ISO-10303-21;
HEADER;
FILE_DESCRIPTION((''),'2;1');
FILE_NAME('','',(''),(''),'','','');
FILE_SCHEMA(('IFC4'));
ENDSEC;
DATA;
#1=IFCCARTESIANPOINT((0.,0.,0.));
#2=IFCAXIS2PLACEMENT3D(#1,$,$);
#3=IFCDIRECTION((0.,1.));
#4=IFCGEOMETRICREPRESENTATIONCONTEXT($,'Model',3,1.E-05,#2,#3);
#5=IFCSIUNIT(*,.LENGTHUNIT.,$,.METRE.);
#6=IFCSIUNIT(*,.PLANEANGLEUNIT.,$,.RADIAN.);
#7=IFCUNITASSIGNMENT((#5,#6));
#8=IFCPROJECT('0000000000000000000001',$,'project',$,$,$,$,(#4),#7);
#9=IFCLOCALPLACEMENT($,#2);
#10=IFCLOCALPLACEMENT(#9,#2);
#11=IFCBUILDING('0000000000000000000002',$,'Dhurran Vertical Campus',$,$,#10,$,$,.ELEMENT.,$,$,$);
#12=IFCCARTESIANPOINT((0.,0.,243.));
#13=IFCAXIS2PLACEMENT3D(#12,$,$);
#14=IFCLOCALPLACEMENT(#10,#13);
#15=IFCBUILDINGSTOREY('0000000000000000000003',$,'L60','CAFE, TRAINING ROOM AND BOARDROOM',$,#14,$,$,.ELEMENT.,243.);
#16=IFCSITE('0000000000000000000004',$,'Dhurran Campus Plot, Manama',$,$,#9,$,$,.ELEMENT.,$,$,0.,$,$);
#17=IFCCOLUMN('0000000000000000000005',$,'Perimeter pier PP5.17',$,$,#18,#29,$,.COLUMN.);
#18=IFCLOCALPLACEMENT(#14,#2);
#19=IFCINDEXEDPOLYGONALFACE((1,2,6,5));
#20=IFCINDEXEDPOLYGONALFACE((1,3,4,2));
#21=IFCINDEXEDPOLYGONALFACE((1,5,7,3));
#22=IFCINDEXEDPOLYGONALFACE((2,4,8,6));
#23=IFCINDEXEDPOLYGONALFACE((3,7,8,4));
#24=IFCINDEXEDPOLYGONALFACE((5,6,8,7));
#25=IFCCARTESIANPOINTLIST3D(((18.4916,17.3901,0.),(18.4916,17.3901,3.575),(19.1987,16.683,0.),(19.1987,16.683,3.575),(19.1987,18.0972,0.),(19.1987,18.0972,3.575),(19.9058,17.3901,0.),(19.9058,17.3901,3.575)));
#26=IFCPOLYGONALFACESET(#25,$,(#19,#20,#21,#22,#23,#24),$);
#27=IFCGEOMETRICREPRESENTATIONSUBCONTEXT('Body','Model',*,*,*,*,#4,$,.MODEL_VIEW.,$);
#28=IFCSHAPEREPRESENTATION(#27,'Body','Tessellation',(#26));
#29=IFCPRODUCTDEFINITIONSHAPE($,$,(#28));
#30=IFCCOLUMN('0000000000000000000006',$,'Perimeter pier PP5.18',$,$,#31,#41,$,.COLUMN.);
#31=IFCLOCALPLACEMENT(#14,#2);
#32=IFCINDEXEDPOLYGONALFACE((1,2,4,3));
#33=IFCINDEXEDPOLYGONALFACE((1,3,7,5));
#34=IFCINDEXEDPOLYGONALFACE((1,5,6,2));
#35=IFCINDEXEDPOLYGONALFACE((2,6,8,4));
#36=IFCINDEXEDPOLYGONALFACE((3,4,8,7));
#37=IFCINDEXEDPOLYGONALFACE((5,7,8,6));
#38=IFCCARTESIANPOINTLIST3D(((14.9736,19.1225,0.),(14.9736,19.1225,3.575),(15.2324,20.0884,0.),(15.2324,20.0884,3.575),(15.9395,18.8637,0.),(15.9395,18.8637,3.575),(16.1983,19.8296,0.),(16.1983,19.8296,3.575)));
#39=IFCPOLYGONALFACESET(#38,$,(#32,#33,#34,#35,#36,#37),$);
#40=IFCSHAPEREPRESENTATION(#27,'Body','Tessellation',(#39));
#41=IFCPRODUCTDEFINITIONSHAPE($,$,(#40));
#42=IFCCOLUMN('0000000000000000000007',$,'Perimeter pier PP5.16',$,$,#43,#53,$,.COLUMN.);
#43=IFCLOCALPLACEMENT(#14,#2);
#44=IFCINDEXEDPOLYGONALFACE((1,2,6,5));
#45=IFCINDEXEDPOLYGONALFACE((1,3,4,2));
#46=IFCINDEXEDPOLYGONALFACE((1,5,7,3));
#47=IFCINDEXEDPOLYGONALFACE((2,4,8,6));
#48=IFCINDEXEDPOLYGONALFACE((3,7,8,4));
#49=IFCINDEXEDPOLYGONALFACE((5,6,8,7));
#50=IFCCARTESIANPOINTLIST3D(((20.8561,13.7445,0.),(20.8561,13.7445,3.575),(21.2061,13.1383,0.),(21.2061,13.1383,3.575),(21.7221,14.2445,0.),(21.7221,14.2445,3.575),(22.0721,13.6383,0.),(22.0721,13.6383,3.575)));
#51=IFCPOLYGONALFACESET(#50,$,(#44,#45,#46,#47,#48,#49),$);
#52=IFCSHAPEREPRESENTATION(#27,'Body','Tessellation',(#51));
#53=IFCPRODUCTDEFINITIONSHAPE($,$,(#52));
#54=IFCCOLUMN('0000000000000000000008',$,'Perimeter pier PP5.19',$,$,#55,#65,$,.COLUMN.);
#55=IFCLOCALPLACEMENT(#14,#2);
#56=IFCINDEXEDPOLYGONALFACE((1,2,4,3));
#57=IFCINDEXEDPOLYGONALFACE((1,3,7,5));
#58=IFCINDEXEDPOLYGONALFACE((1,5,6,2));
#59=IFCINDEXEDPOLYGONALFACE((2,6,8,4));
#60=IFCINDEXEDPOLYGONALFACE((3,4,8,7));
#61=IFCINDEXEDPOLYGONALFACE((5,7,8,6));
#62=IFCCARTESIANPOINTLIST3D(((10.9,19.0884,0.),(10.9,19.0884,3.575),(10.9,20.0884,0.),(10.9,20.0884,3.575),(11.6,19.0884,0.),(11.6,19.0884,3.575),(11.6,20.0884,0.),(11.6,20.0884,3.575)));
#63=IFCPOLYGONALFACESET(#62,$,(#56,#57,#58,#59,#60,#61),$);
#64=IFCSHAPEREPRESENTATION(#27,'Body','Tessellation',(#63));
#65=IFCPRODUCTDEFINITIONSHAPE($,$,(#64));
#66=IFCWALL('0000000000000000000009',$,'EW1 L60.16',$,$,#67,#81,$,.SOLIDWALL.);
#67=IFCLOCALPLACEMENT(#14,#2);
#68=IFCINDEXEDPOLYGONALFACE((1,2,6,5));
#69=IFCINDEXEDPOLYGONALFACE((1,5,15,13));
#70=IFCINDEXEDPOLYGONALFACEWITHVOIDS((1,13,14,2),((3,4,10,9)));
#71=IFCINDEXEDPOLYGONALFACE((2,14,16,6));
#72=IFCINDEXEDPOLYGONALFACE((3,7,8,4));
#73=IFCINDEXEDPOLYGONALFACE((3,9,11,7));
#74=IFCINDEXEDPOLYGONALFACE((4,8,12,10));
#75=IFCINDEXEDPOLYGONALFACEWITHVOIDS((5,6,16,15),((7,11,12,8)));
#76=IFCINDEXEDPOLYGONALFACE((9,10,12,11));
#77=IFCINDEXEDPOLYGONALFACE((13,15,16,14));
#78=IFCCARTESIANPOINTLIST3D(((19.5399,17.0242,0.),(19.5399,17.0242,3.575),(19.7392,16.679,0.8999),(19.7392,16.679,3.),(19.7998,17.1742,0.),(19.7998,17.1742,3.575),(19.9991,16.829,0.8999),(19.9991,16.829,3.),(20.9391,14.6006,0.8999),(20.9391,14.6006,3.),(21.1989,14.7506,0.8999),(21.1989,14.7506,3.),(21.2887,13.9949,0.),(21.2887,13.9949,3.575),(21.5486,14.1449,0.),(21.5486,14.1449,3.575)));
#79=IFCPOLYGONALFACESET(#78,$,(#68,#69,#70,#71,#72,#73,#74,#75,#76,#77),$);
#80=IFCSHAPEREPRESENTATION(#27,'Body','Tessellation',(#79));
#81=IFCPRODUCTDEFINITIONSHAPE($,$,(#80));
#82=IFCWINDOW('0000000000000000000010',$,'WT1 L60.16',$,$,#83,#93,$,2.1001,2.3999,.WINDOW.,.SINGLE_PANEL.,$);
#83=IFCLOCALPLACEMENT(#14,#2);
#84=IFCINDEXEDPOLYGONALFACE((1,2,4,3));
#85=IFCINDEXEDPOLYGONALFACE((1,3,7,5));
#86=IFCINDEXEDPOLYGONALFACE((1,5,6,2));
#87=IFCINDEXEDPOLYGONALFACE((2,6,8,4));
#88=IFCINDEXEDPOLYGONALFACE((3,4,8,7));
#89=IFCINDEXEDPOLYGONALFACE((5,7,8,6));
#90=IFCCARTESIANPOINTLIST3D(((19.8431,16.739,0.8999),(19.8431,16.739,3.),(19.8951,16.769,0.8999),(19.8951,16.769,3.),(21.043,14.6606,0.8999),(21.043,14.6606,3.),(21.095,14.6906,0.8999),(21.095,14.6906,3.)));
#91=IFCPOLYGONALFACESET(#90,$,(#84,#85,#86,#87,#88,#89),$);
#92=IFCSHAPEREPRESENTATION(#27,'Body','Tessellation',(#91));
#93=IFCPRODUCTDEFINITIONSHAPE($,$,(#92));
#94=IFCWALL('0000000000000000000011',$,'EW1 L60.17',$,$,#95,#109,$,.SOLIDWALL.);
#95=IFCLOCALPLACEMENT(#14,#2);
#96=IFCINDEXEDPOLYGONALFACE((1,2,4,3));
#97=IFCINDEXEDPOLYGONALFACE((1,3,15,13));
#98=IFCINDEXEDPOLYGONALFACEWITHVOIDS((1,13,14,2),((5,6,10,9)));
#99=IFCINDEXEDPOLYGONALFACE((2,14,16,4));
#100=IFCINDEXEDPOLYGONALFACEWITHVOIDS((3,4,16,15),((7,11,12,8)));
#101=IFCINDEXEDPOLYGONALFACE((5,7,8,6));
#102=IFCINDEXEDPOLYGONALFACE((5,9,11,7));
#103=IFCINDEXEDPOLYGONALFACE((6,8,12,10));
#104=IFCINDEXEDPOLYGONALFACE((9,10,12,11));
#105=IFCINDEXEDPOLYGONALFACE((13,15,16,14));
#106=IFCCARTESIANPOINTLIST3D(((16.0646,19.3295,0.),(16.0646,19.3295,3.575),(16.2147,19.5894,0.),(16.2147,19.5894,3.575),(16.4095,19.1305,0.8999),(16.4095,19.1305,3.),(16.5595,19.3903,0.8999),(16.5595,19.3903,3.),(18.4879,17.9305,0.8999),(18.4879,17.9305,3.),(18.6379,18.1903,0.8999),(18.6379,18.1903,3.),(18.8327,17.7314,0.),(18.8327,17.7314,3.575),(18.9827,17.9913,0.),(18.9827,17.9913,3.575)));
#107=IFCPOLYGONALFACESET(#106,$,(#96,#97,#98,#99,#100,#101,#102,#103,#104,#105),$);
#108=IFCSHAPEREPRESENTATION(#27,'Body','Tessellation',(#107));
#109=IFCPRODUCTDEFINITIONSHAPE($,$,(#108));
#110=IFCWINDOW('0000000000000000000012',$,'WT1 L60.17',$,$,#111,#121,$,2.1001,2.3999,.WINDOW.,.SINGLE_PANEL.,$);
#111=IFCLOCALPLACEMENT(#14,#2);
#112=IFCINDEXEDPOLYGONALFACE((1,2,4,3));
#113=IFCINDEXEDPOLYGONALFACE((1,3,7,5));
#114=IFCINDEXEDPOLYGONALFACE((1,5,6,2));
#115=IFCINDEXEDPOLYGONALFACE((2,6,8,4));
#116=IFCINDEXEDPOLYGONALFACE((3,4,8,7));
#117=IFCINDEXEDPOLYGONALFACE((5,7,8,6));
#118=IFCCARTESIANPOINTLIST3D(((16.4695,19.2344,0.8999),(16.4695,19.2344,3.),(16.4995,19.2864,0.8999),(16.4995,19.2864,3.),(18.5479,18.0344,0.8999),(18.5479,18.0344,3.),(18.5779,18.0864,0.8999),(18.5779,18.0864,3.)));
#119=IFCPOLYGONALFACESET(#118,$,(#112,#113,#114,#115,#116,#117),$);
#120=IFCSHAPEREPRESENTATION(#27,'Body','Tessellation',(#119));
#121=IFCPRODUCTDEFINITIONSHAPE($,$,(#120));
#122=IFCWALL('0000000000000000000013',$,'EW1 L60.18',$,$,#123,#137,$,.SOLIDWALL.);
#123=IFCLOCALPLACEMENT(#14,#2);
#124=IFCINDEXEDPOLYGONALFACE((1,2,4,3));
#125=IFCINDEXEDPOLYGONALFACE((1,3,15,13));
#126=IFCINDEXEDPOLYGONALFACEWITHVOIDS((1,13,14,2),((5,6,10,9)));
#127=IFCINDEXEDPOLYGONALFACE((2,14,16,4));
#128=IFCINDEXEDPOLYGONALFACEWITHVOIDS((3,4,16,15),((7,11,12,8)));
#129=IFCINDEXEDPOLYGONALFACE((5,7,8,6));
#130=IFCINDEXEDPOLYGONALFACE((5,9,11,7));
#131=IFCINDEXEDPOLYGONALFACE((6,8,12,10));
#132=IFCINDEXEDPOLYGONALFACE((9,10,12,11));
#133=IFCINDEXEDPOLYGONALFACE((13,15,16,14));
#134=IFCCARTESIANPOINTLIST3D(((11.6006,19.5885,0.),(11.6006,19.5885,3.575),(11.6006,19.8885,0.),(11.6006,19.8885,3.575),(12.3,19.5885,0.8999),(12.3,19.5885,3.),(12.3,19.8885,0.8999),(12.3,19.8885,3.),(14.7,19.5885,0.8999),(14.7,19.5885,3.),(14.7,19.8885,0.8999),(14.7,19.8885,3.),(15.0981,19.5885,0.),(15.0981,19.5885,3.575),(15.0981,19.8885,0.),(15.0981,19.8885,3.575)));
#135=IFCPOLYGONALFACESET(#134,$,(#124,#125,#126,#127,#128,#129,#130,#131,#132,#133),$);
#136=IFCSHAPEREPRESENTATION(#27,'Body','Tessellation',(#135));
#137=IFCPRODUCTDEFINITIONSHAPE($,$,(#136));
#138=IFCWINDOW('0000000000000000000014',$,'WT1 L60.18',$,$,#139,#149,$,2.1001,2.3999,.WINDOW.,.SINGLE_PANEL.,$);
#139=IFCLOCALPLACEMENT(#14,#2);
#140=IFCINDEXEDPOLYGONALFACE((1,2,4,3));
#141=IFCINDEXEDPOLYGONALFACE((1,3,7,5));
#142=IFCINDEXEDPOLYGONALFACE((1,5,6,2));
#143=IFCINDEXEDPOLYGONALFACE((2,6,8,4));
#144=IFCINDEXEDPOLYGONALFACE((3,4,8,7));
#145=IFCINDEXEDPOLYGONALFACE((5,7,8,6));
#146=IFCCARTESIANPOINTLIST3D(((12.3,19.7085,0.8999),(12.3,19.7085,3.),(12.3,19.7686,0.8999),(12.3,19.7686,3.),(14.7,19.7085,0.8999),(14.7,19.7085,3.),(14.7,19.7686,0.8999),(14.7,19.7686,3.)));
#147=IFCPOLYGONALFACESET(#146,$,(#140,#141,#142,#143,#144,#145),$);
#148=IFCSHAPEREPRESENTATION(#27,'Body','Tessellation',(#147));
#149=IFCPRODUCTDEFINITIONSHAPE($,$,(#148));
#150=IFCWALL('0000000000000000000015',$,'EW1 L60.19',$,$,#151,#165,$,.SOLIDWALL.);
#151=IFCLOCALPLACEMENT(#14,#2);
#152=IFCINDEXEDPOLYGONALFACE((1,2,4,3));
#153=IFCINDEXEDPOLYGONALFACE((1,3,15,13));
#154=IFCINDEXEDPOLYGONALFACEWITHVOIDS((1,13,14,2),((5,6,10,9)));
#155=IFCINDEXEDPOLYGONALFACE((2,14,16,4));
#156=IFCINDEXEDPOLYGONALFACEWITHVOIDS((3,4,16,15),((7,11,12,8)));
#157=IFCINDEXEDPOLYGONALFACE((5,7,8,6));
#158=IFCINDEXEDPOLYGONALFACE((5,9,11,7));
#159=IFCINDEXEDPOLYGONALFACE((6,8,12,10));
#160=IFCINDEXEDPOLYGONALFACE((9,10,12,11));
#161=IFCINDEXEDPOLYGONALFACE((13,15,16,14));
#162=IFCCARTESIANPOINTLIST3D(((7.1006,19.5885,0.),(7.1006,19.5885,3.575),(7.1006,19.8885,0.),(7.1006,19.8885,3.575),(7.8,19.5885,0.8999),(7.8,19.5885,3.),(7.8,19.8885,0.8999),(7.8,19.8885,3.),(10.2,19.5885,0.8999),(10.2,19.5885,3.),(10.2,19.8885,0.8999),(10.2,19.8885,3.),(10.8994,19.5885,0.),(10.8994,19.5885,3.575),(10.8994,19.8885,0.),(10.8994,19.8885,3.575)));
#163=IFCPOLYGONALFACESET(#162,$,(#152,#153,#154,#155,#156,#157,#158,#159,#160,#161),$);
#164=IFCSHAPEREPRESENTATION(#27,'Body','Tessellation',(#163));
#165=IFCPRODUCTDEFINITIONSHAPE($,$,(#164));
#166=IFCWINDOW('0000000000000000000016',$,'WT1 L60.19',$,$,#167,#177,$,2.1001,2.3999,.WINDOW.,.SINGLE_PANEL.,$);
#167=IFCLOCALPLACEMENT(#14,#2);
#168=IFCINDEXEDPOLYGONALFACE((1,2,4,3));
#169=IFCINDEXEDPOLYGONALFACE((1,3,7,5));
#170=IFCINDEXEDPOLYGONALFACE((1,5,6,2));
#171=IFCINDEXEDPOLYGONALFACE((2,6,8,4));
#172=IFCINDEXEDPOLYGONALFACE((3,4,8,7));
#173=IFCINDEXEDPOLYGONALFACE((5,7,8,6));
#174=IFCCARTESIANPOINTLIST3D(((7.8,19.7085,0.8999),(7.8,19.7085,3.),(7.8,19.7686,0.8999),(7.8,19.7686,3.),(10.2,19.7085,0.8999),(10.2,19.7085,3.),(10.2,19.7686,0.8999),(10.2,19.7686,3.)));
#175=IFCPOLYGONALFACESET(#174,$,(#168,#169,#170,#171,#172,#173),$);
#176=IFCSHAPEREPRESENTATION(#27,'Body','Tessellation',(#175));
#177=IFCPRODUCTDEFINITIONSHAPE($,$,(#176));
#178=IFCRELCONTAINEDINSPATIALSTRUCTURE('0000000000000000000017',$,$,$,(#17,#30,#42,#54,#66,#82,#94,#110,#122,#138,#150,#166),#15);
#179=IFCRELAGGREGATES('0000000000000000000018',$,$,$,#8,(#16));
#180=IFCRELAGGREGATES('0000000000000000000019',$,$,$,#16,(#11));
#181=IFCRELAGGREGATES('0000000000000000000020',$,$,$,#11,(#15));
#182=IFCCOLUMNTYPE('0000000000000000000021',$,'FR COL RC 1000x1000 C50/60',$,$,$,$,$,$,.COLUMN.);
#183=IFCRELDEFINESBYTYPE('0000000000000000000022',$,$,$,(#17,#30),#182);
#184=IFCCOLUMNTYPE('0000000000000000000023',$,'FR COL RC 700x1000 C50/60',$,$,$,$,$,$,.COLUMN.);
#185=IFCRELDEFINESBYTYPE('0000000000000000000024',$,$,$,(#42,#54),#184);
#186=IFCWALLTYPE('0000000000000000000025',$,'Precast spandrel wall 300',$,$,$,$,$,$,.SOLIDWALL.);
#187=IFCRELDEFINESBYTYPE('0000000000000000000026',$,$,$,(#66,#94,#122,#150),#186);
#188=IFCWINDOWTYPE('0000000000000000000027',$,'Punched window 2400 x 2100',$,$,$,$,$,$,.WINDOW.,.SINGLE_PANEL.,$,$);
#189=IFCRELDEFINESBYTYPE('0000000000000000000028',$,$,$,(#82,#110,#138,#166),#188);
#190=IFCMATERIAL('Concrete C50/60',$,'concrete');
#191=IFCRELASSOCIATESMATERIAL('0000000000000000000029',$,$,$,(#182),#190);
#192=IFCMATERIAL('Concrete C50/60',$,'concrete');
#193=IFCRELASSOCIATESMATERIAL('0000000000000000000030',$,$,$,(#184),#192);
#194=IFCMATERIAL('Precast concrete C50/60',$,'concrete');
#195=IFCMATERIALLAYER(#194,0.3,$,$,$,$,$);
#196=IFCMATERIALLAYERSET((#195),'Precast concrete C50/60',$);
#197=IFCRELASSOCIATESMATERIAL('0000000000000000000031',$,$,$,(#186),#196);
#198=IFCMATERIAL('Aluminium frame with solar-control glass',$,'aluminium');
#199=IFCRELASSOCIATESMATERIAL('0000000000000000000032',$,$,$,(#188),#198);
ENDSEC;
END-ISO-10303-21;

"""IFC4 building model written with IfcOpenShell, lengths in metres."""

from ifc_helpers import new_model, si_unit, direction, frame, frame_2d, origin, origin_2d, place, context, subcontext, project, spatial, rectangle, extrude, material, layer, layer_set, material_profile, profile_set, type_object, element, fill, save


model = new_model("IFC4")

# Units and contexts
model_context = context("Model", 3, precision=1e-05, world=origin(), true_north=direction((0.0, 1.0)))
body_context = subcontext(model_context, "Body", "Model", "MODEL_VIEW")
ifc_project = project(units=[si_unit("LENGTHUNIT", "METRE"), si_unit("PLANEANGLEUNIT", "RADIAN")], contexts=[model_context])

# Site, building, storey
site_placement = place(None, origin())
site = spatial("IfcSite", under=ifc_project, at=site_placement, Name="Dhurran Campus Plot, Manama", CompositionType="ELEMENT", RefElevation=0.0)
building_placement = place(site_placement, origin())
building = spatial("IfcBuilding", under=site, at=building_placement, Name="Dhurran Vertical Campus", CompositionType="ELEMENT")
storey_placement = place(building_placement, frame((0.0, 0.0, 243.0)))
storey = spatial("IfcBuildingStorey", under=building, at=storey_placement, Name="L60", Description="CAFE, TRAINING ROOM AND BOARDROOM", CompositionType="ELEMENT", Elevation=243.0)

# Columns
ifc_material_1 = material(Name="Concrete C50/60", Category="concrete")
ifc_material_profile_1 = material_profile(ifc_material_1, rectangle(XDim=1.0, YDim=1.0, at=origin_2d()), Name="RC 1000x1000")
ifc_profile_set_1 = profile_set([ifc_material_profile_1], Name="Concrete C50/60")
column_type_1 = type_object("IfcColumnType", Name="FR COL RC 1000x1000 C50/60", PredefinedType="COLUMN", material=ifc_profile_set_1)
for number, where, z_axis, x_axis, name in (
    (1, (19.1987, 17.3901, 0.0), (0.0, 0.0, 1.0), (-0.707107, 0.707107, 0.0), "Perimeter pier PP5.17"),
    (2, (15.5859, 19.4761, 0.0), (0.0, 0.0, 1.0), (-0.965926, 0.258819, 0.0), "Perimeter pier PP5.18"),
):
    element("IfcColumn", number, at=place(storey_placement, frame(where, z_axis=z_axis, x_axis=x_axis)), inside=storey, type_object=column_type_1, Name=name, PredefinedType="COLUMN", context=body_context, shape_type="SweptSolid", body=[
        extrude(rectangle(XDim=1.0, YDim=1.0, at=origin_2d()), origin(), (0.0, 0.0, 1.0), 3.575),
    ])
ifc_material_2 = material(Name="Concrete C50/60", Category="concrete")
ifc_material_profile_2 = material_profile(ifc_material_2, rectangle(XDim=0.7, YDim=1.0, at=origin_2d()), Name="RC 700x1000")
ifc_profile_set_2 = profile_set([ifc_material_profile_2], Name="Concrete C50/60")
column_type_2 = type_object("IfcColumnType", Name="FR COL RC 700x1000 C50/60", PredefinedType="COLUMN", material=ifc_profile_set_2)
for number, where, z_axis, x_axis, name in (
    (3, (21.4641, 13.6914, 0.0), (0.0, 0.0, 1.0), (-0.5, 0.866025, 0.0), "Perimeter pier PP5.16"),
    (4, (11.25, 19.5884, 0.0), (0.0, 0.0, 1.0), (-1.0, 0.0, 0.0), "Perimeter pier PP5.19"),
):
    element("IfcColumn", number, at=place(storey_placement, frame(where, z_axis=z_axis, x_axis=x_axis)), inside=storey, type_object=column_type_2, Name=name, PredefinedType="COLUMN", context=body_context, shape_type="SweptSolid", body=[
        extrude(rectangle(XDim=0.7, YDim=1.0, at=origin_2d()), origin(), (0.0, 0.0, 1.0), 3.575),
    ])

# Walls, openings, windows
ifc_material_3 = material(Name="Precast concrete C50/60", Category="concrete")
ifc_layer_1 = layer(ifc_material_3, 0.3)
ifc_layer_set_1 = layer_set([ifc_layer_1], Name="Precast concrete C50/60")
wall_type_1 = type_object("IfcWallType", Name="Precast spandrel wall 300", PredefinedType="SOLIDWALL", material=ifc_layer_set_1)
wall_1_placement = place(storey_placement, frame((21.4187, 14.0698, 0.0), z_axis=(0.0, 0.0, 1.0), x_axis=(-0.49996, 0.866048, 0.0)))
wall_1 = element("IfcWall", 5, at=wall_1_placement, inside=storey, type_object=wall_type_1, Name="EW1 L60.16", PredefinedType="SOLIDWALL", context=body_context, shape_type="SweptSolid", body=[
    extrude(rectangle(XDim=3.4978, YDim=0.3, at=frame_2d((1.749, 0.0))), origin(), (0.0, 0.0, 1.0), 3.575),
])
opening_1_placement = place(wall_1_placement, frame((0.6995, 0.0, 0.8999)))
opening_1 = element("IfcOpeningElement", 6, at=opening_1_placement, cuts=wall_1, PredefinedType="OPENING", context=body_context, shape_type="SweptSolid", body=[
    extrude(rectangle(XDim=2.3999, YDim=2.1001, at=frame_2d((1.2, 1.05))), frame((0.0, 0.1599, 0.0), z_axis=(0.0, -1.0, 0.0), x_axis=(1.0, 0.0, 0.0)), (0.0, 0.0, 1.0), 0.3201),
])
ifc_material_4 = material(Name="Aluminium frame with solar-control glass", Category="aluminium")
window_type = type_object("IfcWindowType", Name="Punched window 2400 x 2100", PartitioningType="SINGLE_PANEL", PredefinedType="WINDOW", material=ifc_material_4)
window_1_placement = place(opening_1_placement, origin())
window_1 = element("IfcWindow", 7, at=window_1_placement, inside=storey, type_object=window_type, Name="WT1 L60.16", OverallHeight=2.1001, OverallWidth=2.3999, PartitioningType="SINGLE_PANEL", PredefinedType="WINDOW", context=body_context, shape_type="SweptSolid", body=[
    extrude(rectangle(XDim=2.3999, YDim=2.1001, at=frame_2d((1.2, 1.05))), frame((0.0, 0.03, 0.0), z_axis=(0.0, -1.0, 0.0), x_axis=(1.0, 0.0, 0.0)), (0.0, 0.0, 1.0), 0.0601),
])
fill(opening_1, window_1)
wall_2_placement = place(storey_placement, frame((18.9077, 17.8613, 0.0), z_axis=(0.0, 0.0, 1.0), x_axis=(-0.866025, 0.5, 0.0)))
wall_2 = element("IfcWall", 8, at=wall_2_placement, inside=storey, type_object=wall_type_1, Name="EW1 L60.17", PredefinedType="SOLIDWALL", context=body_context, shape_type="SweptSolid", body=[
    extrude(rectangle(XDim=3.1963, YDim=0.3, at=frame_2d((1.5981, 0.0))), origin(), (0.0, 0.0, 1.0), 3.575),
])
opening_2_placement = place(wall_2_placement, frame((0.3982, 0.0, 0.8999)))
opening_2 = element("IfcOpeningElement", 9, at=opening_2_placement, cuts=wall_2, PredefinedType="OPENING", context=body_context, shape_type="SweptSolid", body=[
    extrude(rectangle(XDim=2.3999, YDim=2.1001, at=frame_2d((1.2, 1.05))), frame((0.0, 0.1599, 0.0), z_axis=(0.0, -1.0, 0.0), x_axis=(1.0, 0.0, 0.0)), (0.0, 0.0, 1.0), 0.3201),
])
window_2_placement = place(opening_2_placement, origin())
window_2 = element("IfcWindow", 10, at=window_2_placement, inside=storey, type_object=window_type, Name="WT1 L60.17", OverallHeight=2.1001, OverallWidth=2.3999, PartitioningType="SINGLE_PANEL", PredefinedType="WINDOW", context=body_context, shape_type="SweptSolid", body=[
    extrude(rectangle(XDim=2.3999, YDim=2.1001, at=frame_2d((1.2, 1.05))), frame((0.0, 0.03, 0.0), z_axis=(0.0, -1.0, 0.0), x_axis=(1.0, 0.0, 0.0)), (0.0, 0.0, 1.0), 0.0601),
])
fill(opening_2, window_2)
wall_3_placement = place(storey_placement, frame((15.0981, 19.7385, 0.0), z_axis=(0.0, 0.0, 1.0), x_axis=(-1.0, 0.0, 0.0)))
wall_3 = element("IfcWall", 11, at=wall_3_placement, inside=storey, type_object=wall_type_1, Name="EW1 L60.18", PredefinedType="SOLIDWALL", context=body_context, shape_type="SweptSolid", body=[
    extrude(rectangle(XDim=3.4976, YDim=0.3, at=frame_2d((1.7488, 0.0))), origin(), (0.0, 0.0, 1.0), 3.575),
])
opening_3_placement = place(wall_3_placement, frame((0.3982, 0.0, 0.8999)))
opening_3 = element("IfcOpeningElement", 12, at=opening_3_placement, cuts=wall_3, PredefinedType="OPENING", context=body_context, shape_type="SweptSolid", body=[
    extrude(rectangle(XDim=2.3999, YDim=2.1001, at=frame_2d((1.2, 1.05))), frame((0.0, 0.1599, 0.0), z_axis=(0.0, -1.0, 0.0), x_axis=(1.0, 0.0, 0.0)), (0.0, 0.0, 1.0), 0.3201),
])
window_3_placement = place(opening_3_placement, origin())
window_3 = element("IfcWindow", 13, at=window_3_placement, inside=storey, type_object=window_type, Name="WT1 L60.18", OverallHeight=2.1001, OverallWidth=2.3999, PartitioningType="SINGLE_PANEL", PredefinedType="WINDOW", context=body_context, shape_type="SweptSolid", body=[
    extrude(rectangle(XDim=2.3999, YDim=2.1001, at=frame_2d((1.2, 1.05))), frame((0.0, 0.03, 0.0), z_axis=(0.0, -1.0, 0.0), x_axis=(1.0, 0.0, 0.0)), (0.0, 0.0, 1.0), 0.0601),
])
fill(opening_3, window_3)
wall_4_placement = place(storey_placement, frame((10.8994, 19.7385, 0.0), z_axis=(0.0, 0.0, 1.0), x_axis=(-1.0, 0.0, 0.0)))
wall_4 = element("IfcWall", 14, at=wall_4_placement, inside=storey, type_object=wall_type_1, Name="EW1 L60.19", PredefinedType="SOLIDWALL", context=body_context, shape_type="SweptSolid", body=[
    extrude(rectangle(XDim=3.7988, YDim=0.3, at=frame_2d((1.8994, 0.0))), origin(), (0.0, 0.0, 1.0), 3.575),
])
opening_4_placement = place(wall_4_placement, frame((0.6995, 0.0, 0.8999)))
opening_4 = element("IfcOpeningElement", 15, at=opening_4_placement, cuts=wall_4, PredefinedType="OPENING", context=body_context, shape_type="SweptSolid", body=[
    extrude(rectangle(XDim=2.3999, YDim=2.1001, at=frame_2d((1.2, 1.05))), frame((0.0, 0.1599, 0.0), z_axis=(0.0, -1.0, 0.0), x_axis=(1.0, 0.0, 0.0)), (0.0, 0.0, 1.0), 0.3201),
])
window_4_placement = place(opening_4_placement, origin())
window_4 = element("IfcWindow", 16, at=window_4_placement, inside=storey, type_object=window_type, Name="WT1 L60.19", OverallHeight=2.1001, OverallWidth=2.3999, PartitioningType="SINGLE_PANEL", PredefinedType="WINDOW", context=body_context, shape_type="SweptSolid", body=[
    extrude(rectangle(XDim=2.3999, YDim=2.1001, at=frame_2d((1.2, 1.05))), frame((0.0, 0.03, 0.0), z_axis=(0.0, -1.0, 0.0), x_axis=(1.0, 0.0, 0.0)), (0.0, 0.0, 1.0), 0.0601),
])
fill(opening_4, window_4)

save(model, "model.ifc")
